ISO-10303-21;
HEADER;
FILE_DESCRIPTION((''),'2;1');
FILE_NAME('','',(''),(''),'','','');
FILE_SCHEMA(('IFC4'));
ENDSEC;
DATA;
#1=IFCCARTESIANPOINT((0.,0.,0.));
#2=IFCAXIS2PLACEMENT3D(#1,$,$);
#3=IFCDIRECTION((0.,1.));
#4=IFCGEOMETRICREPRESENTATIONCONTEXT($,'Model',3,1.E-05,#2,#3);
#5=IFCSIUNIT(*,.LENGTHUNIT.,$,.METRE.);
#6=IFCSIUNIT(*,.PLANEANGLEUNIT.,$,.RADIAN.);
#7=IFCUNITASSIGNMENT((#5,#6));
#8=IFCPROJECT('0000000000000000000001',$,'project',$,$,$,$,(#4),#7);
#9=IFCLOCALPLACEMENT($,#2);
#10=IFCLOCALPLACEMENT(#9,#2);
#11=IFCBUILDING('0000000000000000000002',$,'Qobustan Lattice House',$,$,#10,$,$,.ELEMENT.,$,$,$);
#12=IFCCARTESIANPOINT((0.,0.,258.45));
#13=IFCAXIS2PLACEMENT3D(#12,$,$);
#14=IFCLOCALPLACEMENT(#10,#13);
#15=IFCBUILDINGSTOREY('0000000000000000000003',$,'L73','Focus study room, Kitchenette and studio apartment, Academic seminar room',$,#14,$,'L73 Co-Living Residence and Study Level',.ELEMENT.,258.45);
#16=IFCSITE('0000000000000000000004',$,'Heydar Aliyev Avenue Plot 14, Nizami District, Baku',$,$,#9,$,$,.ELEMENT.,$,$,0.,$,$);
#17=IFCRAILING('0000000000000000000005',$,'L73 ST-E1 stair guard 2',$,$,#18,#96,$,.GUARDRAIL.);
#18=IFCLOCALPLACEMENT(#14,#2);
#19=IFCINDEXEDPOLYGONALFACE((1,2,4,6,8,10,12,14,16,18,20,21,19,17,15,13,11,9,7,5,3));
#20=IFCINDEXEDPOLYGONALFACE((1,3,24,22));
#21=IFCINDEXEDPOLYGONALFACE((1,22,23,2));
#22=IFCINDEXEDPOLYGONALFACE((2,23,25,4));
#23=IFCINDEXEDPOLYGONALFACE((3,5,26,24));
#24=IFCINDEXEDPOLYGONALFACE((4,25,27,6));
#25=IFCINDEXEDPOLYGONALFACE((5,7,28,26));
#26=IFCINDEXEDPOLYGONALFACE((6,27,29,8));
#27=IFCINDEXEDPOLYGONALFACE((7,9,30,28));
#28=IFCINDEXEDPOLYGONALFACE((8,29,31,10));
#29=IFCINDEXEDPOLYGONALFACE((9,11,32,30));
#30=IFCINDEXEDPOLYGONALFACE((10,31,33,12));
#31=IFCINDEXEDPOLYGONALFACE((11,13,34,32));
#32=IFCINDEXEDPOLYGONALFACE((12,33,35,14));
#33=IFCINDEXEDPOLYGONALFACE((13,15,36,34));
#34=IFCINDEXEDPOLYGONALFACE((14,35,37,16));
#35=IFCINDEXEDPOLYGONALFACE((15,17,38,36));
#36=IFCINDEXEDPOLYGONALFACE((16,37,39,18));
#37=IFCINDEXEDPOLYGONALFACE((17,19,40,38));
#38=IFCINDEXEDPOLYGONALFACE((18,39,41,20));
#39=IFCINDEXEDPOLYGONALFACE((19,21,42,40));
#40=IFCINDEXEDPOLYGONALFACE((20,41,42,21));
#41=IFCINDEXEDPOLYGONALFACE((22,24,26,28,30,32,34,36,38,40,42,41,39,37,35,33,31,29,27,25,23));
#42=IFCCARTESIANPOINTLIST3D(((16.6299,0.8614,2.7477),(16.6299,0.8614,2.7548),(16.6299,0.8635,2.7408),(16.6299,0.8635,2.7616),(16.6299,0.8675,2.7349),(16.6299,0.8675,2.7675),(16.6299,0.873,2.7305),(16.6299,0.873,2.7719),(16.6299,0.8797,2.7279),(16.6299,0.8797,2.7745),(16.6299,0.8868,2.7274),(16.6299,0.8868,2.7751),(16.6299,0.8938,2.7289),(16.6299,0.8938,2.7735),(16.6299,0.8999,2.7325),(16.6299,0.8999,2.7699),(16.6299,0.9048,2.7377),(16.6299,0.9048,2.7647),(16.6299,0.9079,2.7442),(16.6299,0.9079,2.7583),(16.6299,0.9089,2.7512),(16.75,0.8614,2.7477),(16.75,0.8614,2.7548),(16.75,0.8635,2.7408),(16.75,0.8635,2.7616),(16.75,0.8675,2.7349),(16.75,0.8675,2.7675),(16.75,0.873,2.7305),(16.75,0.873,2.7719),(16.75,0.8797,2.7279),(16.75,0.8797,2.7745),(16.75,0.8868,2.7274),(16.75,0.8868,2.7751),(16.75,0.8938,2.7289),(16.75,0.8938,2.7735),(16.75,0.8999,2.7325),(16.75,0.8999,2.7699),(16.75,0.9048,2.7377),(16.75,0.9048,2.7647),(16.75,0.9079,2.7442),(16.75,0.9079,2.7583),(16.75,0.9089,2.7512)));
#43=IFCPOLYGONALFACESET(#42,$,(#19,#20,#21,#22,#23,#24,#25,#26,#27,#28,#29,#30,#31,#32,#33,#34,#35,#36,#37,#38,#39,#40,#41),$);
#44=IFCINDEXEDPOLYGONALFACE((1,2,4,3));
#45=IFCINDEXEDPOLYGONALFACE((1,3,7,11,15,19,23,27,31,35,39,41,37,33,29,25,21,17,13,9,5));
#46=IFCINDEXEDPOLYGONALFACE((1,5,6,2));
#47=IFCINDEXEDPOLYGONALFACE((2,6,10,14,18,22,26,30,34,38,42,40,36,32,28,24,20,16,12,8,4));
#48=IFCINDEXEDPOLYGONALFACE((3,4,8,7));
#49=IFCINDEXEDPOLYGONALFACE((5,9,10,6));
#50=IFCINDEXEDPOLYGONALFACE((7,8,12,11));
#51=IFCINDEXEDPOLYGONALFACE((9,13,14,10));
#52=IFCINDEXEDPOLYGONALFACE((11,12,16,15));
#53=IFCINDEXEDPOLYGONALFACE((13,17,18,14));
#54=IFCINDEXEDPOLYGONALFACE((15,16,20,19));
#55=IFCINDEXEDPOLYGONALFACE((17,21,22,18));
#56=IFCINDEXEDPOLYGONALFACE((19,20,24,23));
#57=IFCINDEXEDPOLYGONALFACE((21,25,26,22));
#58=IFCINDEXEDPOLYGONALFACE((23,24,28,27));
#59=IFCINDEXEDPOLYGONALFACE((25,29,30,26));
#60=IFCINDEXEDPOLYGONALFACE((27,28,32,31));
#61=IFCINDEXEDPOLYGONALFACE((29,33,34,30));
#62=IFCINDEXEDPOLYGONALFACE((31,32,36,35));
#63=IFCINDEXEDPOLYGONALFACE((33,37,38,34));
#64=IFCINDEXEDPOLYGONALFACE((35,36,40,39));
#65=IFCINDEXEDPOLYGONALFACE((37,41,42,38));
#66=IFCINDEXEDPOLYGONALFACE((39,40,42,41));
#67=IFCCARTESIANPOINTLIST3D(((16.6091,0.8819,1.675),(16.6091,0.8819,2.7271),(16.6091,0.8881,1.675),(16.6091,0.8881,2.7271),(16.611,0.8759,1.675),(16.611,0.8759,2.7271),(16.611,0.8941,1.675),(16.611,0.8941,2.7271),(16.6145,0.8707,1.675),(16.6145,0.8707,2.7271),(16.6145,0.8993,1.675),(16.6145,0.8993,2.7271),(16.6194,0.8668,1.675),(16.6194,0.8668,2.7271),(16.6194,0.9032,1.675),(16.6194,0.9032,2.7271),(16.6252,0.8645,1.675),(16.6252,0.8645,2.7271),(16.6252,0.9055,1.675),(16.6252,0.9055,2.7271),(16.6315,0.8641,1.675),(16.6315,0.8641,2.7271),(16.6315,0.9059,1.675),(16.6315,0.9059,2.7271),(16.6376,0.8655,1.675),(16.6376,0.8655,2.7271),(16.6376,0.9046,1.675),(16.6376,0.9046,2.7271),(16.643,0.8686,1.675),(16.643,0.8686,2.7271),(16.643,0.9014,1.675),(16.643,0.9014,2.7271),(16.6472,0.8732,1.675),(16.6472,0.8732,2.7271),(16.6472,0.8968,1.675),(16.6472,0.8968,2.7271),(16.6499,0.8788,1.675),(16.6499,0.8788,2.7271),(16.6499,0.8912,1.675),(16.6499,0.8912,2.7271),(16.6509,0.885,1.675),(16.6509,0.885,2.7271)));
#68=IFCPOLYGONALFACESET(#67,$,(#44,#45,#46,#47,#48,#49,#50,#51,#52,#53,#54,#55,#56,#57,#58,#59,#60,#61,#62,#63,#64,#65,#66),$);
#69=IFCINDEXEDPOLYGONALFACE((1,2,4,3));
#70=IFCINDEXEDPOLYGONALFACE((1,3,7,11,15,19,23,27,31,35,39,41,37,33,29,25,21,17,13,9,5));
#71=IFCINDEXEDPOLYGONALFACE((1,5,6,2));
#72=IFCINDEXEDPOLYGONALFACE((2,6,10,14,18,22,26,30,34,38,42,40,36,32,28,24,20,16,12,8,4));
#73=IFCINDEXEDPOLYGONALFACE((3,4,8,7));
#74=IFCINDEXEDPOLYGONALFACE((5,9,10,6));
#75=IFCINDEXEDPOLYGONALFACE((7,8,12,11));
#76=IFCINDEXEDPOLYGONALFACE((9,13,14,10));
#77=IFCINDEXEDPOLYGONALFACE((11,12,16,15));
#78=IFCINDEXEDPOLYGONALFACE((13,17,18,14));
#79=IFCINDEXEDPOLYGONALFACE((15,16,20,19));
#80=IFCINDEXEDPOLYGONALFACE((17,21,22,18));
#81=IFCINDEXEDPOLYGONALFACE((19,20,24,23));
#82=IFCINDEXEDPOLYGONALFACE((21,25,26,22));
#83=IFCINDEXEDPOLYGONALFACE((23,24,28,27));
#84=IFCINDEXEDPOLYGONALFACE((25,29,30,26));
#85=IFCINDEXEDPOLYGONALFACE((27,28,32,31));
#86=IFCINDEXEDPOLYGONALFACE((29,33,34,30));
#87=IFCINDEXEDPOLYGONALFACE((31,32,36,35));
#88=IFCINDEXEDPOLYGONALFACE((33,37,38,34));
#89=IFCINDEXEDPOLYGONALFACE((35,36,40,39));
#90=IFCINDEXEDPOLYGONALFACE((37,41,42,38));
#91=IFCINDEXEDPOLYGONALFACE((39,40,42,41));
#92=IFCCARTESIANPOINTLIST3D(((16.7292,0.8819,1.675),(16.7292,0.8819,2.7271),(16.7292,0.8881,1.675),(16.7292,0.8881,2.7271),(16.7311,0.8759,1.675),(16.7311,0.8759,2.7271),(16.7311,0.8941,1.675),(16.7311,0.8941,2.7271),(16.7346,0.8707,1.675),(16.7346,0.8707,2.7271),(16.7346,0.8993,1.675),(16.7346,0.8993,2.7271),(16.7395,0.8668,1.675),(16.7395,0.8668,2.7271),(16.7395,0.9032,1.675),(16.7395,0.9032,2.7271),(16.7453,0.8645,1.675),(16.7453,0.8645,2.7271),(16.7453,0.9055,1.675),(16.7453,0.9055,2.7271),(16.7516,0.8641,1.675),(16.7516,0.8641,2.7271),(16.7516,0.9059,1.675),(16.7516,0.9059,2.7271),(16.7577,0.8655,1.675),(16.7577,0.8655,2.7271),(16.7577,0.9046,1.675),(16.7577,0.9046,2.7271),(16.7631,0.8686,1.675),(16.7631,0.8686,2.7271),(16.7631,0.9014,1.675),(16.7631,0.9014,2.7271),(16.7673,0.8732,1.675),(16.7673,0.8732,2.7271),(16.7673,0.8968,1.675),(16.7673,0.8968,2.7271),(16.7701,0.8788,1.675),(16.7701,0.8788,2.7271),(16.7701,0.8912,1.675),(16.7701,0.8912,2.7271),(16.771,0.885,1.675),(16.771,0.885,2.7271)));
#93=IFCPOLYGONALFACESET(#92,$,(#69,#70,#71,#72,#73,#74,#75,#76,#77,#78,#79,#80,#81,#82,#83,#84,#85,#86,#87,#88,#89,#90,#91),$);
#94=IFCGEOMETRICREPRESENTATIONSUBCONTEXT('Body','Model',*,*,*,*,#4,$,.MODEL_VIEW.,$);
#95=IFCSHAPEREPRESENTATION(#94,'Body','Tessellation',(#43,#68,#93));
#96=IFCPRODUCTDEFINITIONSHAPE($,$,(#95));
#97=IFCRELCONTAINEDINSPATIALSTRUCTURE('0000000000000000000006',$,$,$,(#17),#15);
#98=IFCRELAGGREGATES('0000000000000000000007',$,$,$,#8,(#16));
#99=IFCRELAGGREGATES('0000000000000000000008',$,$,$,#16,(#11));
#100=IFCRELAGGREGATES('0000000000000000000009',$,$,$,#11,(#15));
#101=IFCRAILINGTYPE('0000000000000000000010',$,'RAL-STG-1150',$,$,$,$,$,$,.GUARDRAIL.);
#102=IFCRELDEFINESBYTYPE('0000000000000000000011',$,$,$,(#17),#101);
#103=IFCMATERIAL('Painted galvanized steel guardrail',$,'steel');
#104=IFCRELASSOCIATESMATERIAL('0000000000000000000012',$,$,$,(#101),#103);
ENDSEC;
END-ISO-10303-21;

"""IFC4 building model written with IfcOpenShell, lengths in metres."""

from ifc_helpers import new_model, si_unit, direction, frame, origin, origin_2d, place, context, subcontext, project, spatial, circle, extrude, material, type_object, element, save


model = new_model("IFC4")

# Units and contexts
model_context = context("Model", 3, precision=1e-05, world=origin(), true_north=direction((0.0, 1.0)))
body_context = subcontext(model_context, "Body", "Model", "MODEL_VIEW")
ifc_project = project(units=[si_unit("LENGTHUNIT", "METRE"), si_unit("PLANEANGLEUNIT", "RADIAN")], contexts=[model_context])

# Site, building, storey
site_placement = place(None, origin())
site = spatial("IfcSite", under=ifc_project, at=site_placement, Name="Heydar Aliyev Avenue Plot 14, Nizami District, Baku", CompositionType="ELEMENT", RefElevation=0.0)
building_placement = place(site_placement, origin())
building = spatial("IfcBuilding", under=site, at=building_placement, Name="Qobustan Lattice House", CompositionType="ELEMENT")
storey_placement = place(building_placement, frame((0.0, 0.0, 258.45)))
storey = spatial("IfcBuildingStorey", under=building, at=storey_placement, Name="L73", Description="Focus study room, Kitchenette and studio apartment, Academic seminar room", LongName="L73 Co-Living Residence and Study Level", CompositionType="ELEMENT", Elevation=258.45)

# Railing
ifc_material_1 = material(Name="Painted galvanized steel guardrail", Category="steel")
railing_type_1 = type_object("IfcRailingType", Name="RAL-STG-1150", PredefinedType="GUARDRAIL", material=ifc_material_1)
railing_1_placement = place(storey_placement, frame((16.6299, 0.885, 1.675)))
element("IfcRailing", 1, at=railing_1_placement, inside=storey, type_object=railing_type_1, Name="L73 ST-E1 stair guard 2", PredefinedType="GUARDRAIL", context=body_context, shape_type="SweptSolid", body=[
    extrude(circle(Radius=0.0239, at=origin_2d()), frame((0.0, 0.0, 1.0762), z_axis=(1.0, 0.0, 0.0), x_axis=(0.0, 1.0, 0.0)), (0.0, 0.0, 1.0), 0.1201),
    extrude(circle(Radius=0.021, at=origin_2d()), origin(), (0.0, 0.0, 1.0), 1.052),
    extrude(circle(Radius=0.021, at=origin_2d()), frame((0.1201, 0.0, 0.0)), (0.0, 0.0, 1.0), 1.052),
])

save(model, "model.ifc")
